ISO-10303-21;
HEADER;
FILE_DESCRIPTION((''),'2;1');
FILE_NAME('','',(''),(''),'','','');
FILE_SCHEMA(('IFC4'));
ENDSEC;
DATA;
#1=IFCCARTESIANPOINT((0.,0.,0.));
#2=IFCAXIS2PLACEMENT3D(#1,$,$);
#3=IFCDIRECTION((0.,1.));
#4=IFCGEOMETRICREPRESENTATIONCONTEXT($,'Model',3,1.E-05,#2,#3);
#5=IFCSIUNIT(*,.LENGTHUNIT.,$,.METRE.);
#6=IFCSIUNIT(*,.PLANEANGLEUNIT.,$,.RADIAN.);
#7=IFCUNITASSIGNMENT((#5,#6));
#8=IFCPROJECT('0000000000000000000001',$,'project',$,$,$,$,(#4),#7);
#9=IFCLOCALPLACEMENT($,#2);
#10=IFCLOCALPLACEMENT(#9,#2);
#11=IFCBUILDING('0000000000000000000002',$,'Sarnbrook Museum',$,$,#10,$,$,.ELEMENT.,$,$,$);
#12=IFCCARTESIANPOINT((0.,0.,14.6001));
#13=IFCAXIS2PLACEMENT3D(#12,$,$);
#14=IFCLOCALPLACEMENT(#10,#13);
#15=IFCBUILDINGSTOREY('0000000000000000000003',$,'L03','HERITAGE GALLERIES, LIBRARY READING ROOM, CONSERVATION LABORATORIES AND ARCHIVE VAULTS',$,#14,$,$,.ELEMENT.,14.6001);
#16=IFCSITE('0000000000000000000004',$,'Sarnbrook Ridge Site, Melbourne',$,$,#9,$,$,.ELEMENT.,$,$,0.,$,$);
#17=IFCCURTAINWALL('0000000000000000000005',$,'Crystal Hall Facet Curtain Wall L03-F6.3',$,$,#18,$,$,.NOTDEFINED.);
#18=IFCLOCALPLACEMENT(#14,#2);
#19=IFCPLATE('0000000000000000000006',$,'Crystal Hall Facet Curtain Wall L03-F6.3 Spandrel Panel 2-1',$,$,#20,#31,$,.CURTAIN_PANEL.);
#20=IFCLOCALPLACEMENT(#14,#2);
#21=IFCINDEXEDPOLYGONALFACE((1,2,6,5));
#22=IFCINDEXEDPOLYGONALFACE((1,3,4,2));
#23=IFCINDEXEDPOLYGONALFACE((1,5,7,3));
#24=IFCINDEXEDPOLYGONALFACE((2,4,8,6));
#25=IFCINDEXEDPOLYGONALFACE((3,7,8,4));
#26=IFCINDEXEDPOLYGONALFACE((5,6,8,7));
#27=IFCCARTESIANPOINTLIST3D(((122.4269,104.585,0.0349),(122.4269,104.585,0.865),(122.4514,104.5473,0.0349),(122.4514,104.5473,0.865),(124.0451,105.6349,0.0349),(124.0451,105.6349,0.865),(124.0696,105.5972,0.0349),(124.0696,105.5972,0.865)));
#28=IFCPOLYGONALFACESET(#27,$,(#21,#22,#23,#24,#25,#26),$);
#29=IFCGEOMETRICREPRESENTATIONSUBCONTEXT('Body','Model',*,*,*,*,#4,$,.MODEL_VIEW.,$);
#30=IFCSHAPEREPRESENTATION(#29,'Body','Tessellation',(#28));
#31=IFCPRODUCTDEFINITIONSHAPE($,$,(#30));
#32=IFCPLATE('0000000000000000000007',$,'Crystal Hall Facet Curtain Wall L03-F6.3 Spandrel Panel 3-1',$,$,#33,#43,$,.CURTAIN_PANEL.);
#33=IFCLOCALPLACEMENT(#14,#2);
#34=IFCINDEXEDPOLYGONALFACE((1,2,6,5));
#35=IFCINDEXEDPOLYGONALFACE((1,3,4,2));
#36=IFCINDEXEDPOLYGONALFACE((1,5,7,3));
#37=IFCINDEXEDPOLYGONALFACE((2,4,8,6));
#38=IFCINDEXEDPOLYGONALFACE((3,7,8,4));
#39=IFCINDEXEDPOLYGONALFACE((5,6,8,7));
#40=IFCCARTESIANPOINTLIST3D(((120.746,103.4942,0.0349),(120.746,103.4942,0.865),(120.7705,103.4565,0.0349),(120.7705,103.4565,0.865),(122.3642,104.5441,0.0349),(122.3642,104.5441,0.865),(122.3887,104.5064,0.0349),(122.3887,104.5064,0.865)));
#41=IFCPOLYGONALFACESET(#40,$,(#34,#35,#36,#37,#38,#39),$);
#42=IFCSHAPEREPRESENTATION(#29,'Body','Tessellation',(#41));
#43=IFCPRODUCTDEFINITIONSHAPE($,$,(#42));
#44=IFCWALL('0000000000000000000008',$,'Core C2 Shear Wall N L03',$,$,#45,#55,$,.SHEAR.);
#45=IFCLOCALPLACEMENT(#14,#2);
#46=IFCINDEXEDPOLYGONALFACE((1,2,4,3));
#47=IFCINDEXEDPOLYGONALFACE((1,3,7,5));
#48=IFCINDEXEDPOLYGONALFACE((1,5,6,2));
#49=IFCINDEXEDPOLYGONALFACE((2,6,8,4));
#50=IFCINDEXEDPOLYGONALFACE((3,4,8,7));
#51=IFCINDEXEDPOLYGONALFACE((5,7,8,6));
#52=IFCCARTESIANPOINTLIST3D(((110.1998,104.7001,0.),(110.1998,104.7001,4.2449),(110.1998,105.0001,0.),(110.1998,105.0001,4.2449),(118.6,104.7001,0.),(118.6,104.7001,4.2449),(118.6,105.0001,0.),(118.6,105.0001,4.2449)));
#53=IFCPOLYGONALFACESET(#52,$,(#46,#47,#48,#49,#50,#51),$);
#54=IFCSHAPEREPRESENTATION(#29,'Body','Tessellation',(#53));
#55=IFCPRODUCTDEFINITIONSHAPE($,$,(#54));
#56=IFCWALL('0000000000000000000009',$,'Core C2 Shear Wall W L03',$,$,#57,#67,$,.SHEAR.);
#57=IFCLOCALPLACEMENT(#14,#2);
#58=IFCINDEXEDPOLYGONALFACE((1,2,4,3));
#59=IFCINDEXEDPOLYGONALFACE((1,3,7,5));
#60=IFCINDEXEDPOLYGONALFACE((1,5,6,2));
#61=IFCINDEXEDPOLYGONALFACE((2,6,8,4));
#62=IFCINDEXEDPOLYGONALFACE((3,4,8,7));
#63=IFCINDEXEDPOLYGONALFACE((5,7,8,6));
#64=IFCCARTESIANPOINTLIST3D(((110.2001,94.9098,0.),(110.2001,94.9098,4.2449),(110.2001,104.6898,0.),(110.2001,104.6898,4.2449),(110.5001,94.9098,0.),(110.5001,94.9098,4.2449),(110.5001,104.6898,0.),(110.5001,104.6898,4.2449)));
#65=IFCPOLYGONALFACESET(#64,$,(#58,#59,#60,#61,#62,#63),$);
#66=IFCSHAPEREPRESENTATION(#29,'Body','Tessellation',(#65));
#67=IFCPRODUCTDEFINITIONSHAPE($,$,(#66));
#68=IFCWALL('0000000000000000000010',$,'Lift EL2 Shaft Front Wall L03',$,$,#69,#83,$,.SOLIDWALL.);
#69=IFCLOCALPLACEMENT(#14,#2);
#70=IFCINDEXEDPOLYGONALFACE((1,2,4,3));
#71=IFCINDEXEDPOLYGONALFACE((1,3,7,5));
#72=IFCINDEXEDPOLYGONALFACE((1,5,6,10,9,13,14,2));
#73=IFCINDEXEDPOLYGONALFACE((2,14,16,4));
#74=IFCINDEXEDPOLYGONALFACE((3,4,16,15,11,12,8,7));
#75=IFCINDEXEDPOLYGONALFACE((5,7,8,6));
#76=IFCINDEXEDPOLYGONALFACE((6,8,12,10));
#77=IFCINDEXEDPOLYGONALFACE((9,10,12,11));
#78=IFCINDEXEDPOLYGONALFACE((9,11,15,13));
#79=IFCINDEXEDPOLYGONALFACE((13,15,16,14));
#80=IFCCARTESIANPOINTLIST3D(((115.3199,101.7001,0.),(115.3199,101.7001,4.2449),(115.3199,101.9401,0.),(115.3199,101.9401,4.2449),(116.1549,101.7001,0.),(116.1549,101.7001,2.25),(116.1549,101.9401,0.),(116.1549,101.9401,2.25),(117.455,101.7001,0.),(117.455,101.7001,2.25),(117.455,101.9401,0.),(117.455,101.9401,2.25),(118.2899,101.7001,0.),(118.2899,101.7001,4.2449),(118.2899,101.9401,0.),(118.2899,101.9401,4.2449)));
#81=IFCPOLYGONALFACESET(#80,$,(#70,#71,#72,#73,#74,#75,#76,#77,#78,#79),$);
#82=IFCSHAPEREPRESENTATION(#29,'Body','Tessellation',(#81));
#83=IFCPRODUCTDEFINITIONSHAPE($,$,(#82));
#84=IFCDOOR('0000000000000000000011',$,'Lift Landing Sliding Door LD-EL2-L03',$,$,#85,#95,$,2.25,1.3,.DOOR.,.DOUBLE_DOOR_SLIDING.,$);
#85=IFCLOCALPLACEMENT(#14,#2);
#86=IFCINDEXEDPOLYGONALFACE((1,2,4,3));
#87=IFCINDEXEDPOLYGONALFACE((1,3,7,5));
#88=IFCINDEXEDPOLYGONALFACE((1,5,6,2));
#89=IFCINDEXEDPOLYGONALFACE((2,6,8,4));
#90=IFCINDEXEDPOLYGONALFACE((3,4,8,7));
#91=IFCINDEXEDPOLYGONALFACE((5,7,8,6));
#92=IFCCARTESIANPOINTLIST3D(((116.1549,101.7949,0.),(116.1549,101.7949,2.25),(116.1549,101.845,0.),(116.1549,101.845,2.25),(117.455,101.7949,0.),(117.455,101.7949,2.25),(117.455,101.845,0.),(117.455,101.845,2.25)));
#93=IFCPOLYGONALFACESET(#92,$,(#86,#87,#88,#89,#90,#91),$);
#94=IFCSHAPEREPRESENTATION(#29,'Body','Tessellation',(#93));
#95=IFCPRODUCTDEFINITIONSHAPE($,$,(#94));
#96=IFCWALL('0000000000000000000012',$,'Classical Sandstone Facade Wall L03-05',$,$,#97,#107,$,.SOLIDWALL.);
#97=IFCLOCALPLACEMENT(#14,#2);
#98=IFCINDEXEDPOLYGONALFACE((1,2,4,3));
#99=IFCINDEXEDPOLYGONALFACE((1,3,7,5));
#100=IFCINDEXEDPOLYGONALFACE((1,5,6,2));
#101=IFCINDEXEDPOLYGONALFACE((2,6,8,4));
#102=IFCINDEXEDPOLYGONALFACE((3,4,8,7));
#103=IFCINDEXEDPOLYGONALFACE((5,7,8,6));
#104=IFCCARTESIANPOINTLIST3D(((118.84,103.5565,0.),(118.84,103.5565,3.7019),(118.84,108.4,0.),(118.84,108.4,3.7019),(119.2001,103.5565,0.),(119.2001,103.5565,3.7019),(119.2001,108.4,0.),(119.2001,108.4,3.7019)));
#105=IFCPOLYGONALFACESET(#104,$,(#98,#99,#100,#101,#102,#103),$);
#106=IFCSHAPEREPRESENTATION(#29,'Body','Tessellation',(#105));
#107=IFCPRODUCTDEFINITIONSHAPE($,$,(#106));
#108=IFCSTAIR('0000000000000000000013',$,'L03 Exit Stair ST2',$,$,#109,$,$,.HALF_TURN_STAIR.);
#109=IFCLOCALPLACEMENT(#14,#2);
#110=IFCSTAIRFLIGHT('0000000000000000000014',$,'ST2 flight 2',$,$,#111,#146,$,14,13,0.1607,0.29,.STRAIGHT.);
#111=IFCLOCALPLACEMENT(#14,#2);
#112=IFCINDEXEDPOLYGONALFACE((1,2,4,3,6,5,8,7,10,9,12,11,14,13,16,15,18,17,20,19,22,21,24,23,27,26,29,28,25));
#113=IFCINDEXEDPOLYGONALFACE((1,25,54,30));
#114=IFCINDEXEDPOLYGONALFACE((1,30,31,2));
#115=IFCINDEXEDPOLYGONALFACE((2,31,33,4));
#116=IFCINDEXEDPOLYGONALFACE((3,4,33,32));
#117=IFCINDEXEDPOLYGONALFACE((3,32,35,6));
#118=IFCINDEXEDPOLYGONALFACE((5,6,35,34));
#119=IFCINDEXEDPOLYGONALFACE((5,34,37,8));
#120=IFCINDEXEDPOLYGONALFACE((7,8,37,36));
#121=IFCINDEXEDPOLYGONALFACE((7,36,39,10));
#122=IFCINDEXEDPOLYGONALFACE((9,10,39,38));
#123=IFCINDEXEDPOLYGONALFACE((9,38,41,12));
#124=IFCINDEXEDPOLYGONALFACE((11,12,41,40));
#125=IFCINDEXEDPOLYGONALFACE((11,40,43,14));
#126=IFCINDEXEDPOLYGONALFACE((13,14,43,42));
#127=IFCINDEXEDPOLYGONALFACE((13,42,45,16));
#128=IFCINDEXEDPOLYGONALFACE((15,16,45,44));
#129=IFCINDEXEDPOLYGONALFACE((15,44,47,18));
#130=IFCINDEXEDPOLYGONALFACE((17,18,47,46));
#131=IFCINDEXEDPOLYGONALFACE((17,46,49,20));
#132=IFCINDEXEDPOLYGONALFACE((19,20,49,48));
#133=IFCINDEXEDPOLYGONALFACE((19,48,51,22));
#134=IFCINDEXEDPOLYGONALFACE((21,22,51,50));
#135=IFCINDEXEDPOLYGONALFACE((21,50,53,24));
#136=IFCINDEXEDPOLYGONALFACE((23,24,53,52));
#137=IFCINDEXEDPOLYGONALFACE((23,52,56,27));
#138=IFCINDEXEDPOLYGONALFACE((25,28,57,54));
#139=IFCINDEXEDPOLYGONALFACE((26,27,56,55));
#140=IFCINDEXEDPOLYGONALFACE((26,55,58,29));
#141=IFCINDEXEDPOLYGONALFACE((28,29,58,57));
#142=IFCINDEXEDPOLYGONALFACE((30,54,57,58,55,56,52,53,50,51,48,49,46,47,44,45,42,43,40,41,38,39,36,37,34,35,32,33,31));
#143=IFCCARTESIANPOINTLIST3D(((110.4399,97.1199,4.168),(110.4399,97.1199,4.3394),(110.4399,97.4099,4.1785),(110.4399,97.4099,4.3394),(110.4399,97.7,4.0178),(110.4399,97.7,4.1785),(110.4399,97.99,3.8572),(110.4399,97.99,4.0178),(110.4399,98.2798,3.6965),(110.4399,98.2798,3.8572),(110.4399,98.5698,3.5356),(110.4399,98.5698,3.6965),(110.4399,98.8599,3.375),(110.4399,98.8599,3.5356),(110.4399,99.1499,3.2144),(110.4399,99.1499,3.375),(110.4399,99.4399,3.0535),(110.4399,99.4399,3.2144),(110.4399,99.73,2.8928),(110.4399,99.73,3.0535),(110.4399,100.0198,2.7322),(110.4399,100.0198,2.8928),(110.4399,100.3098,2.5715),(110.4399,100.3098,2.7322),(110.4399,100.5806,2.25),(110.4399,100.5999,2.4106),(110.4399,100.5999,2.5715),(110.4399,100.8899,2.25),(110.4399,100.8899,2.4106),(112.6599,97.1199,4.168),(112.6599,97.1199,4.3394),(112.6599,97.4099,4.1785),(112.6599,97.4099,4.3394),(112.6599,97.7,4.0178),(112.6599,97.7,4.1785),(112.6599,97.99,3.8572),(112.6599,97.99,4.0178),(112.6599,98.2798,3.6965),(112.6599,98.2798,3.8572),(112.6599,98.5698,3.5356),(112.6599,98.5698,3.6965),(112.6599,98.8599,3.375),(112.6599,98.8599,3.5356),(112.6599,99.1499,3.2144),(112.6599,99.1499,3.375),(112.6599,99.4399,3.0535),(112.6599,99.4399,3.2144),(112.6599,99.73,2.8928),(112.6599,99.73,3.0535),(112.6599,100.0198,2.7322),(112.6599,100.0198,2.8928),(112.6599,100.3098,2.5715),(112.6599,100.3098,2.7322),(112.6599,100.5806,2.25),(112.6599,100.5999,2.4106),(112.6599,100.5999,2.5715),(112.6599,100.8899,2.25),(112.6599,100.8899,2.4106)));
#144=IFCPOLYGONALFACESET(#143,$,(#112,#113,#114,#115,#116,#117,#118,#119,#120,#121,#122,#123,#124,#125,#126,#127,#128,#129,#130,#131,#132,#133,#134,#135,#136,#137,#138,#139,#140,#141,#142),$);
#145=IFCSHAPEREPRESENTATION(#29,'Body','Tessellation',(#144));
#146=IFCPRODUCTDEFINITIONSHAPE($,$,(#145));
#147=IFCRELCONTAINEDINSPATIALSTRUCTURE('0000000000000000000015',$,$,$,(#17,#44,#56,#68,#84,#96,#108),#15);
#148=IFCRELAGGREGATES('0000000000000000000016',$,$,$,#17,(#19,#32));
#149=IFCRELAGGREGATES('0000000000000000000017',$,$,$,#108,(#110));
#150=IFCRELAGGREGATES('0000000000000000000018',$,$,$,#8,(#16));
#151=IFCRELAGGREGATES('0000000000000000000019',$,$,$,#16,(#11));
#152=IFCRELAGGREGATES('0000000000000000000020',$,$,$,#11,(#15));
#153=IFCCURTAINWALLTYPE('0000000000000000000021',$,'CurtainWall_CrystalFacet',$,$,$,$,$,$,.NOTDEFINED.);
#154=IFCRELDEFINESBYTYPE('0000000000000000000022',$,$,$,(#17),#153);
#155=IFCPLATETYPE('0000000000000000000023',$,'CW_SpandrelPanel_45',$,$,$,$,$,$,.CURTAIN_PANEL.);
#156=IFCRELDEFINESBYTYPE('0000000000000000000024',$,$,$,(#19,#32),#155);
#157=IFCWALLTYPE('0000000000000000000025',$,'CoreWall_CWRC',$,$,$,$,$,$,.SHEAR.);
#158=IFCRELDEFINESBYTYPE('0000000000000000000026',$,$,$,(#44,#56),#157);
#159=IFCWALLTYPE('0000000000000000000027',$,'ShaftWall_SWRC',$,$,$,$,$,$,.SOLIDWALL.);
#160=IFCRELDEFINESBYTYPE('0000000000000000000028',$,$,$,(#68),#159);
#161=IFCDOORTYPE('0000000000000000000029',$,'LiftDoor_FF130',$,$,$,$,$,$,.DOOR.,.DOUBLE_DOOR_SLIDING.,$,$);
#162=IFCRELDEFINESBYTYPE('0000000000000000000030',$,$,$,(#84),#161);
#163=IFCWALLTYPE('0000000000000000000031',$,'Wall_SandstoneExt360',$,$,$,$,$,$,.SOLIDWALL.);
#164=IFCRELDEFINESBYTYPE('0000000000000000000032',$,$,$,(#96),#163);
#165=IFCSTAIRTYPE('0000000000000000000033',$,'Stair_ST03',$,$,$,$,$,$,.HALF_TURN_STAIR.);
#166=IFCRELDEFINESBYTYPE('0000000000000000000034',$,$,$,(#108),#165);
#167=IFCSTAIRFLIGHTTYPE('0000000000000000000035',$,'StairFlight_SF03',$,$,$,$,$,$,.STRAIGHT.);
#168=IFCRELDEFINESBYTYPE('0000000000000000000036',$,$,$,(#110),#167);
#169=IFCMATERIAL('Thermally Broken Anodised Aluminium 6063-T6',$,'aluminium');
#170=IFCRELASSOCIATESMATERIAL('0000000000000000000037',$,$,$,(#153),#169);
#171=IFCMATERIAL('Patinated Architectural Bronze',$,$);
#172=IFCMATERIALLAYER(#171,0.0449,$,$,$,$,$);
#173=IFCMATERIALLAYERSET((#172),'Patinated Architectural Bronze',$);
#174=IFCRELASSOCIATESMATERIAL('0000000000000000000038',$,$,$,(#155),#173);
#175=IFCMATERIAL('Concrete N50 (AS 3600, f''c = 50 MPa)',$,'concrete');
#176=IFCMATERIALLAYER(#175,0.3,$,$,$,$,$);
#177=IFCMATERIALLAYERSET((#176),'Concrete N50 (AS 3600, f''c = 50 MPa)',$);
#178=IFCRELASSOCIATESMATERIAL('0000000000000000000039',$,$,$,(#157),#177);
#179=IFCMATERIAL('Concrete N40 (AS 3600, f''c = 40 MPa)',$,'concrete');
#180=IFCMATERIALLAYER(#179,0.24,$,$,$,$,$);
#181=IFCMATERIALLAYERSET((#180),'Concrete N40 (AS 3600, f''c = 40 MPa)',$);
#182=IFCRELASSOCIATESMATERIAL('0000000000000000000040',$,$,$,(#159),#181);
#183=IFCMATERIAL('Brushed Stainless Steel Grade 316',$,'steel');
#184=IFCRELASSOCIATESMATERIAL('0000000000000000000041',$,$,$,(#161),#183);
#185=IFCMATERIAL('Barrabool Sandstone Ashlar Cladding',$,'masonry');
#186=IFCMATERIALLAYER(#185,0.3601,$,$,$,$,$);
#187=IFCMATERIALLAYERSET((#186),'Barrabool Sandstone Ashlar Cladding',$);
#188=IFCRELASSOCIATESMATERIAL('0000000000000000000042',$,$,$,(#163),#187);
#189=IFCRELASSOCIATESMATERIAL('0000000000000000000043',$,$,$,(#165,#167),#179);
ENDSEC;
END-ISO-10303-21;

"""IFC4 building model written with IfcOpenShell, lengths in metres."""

from ifc_helpers import new_model, si_unit, direction, frame, frame_2d, origin, origin_2d, place, context, subcontext, project, spatial, polyline, rectangle, outline, extrude, material, layer, layer_set, type_object, element, fill, aggregate, save


model = new_model("IFC4")

# Units and contexts
model_context = context("Model", 3, precision=1e-05, world=origin(), true_north=direction((0.0, 1.0)))
body_context = subcontext(model_context, "Body", "Model", "MODEL_VIEW")
ifc_project = project(units=[si_unit("LENGTHUNIT", "METRE"), si_unit("PLANEANGLEUNIT", "RADIAN")], contexts=[model_context])

# Site, building, storey
site_placement = place(None, origin())
site = spatial("IfcSite", under=ifc_project, at=site_placement, Name="Sarnbrook Ridge Site, Melbourne", CompositionType="ELEMENT", RefElevation=0.0)
building_placement = place(site_placement, origin())
building = spatial("IfcBuilding", under=site, at=building_placement, Name="Sarnbrook Museum", CompositionType="ELEMENT")
storey_placement = place(building_placement, frame((0.0, 0.0, 14.6001)))
storey = spatial("IfcBuildingStorey", under=building, at=storey_placement, Name="L03", Description="HERITAGE GALLERIES, LIBRARY READING ROOM, CONSERVATION LABORATORIES AND ARCHIVE VAULTS", CompositionType="ELEMENT", Elevation=14.6001)

# Curtain wall, plates
ifc_material_1 = material(Name="Thermally Broken Anodised Aluminium 6063-T6", Category="aluminium")
curtain_wall_type = type_object("IfcCurtainWallType", Name="CurtainWall_CrystalFacet", PredefinedType="NOTDEFINED", material=ifc_material_1)
curtain_wall_placement = place(storey_placement, origin())
curtain_wall = element("IfcCurtainWall", 1, at=curtain_wall_placement, inside=storey, type_object=curtain_wall_type, Name="Crystal Hall Facet Curtain Wall L03-F6.3", PredefinedType="NOTDEFINED")
ifc_material_2 = material(Name="Patinated Architectural Bronze")
ifc_layer_1 = layer(ifc_material_2, 0.0449)
ifc_layer_set_1 = layer_set([ifc_layer_1], Name="Patinated Architectural Bronze")
plate_type_1 = type_object("IfcPlateType", Name="CW_SpandrelPanel_45", PredefinedType="CURTAIN_PANEL", material=ifc_layer_set_1)
plate_1_placement = place(storey_placement, frame((123.2605, 105.0723, 0.45), z_axis=(-0.544285, 0.838901, 0.0), x_axis=(-0.838901, -0.544285, 0.0)))
plate_1 = element("IfcPlate", 2, at=plate_1_placement, type_object=plate_type_1, Name="Crystal Hall Facet Curtain Wall L03-F6.3 Spandrel Panel 2-1", PredefinedType="CURTAIN_PANEL", context=body_context, shape_type="SweptSolid", body=[
    extrude(rectangle(XDim=1.929, YDim=0.8301, at=origin_2d()), origin(), (0.0, 0.0, 1.0), 0.0449),
])
plate_2_placement = place(storey_placement, frame((121.5796, 103.9814, 0.45), z_axis=(-0.544285, 0.838901, 0.0), x_axis=(-0.838901, -0.544285, 0.0)))
plate_2 = element("IfcPlate", 3, at=plate_2_placement, type_object=plate_type_1, Name="Crystal Hall Facet Curtain Wall L03-F6.3 Spandrel Panel 3-1", PredefinedType="CURTAIN_PANEL", context=body_context, shape_type="SweptSolid", body=[
    extrude(rectangle(XDim=1.929, YDim=0.8301, at=origin_2d()), origin(), (0.0, 0.0, 1.0), 0.0449),
])
aggregate(curtain_wall, [plate_1, plate_2])

# Walls
ifc_material_3 = material(Name="Concrete N50 (AS 3600, f'c = 50 MPa)", Category="concrete")
ifc_layer_2 = layer(ifc_material_3, 0.3)
ifc_layer_set_2 = layer_set([ifc_layer_2], Name="Concrete N50 (AS 3600, f'c = 50 MPa)")
wall_type_1 = type_object("IfcWallType", Name="CoreWall_CWRC", PredefinedType="SHEAR", material=ifc_layer_set_2)
wall_1_placement = place(storey_placement, frame((118.6001, 104.8501, 0.0), z_axis=(0.0, 0.0, 1.0), x_axis=(-1.0, 0.0, 0.0)))
element("IfcWall", 4, at=wall_1_placement, inside=storey, type_object=wall_type_1, Name="Core C2 Shear Wall N L03", PredefinedType="SHEAR", context=body_context, shape_type="SweptSolid", body=[
    extrude(rectangle(XDim=8.4001, YDim=0.3, at=frame_2d((4.2002, 0.0))), origin(), (0.0, 0.0, 1.0), 4.2449),
])
wall_2_placement = place(storey_placement, frame((110.3501, 104.6899, 0.0), z_axis=(0.0, 0.0, 1.0), x_axis=(0.0, -1.0, 0.0)))
element("IfcWall", 5, at=wall_2_placement, inside=storey, type_object=wall_type_1, Name="Core C2 Shear Wall W L03", PredefinedType="SHEAR", context=body_context, shape_type="SweptSolid", body=[
    extrude(rectangle(XDim=9.78, YDim=0.3, at=frame_2d((4.8901, 0.0))), origin(), (0.0, 0.0, 1.0), 4.2449),
])

# Wall, opening, door
ifc_material_4 = material(Name="Concrete N40 (AS 3600, f'c = 40 MPa)", Category="concrete")
ifc_layer_3 = layer(ifc_material_4, 0.24)
ifc_layer_set_3 = layer_set([ifc_layer_3], Name="Concrete N40 (AS 3600, f'c = 40 MPa)")
wall_type_2 = type_object("IfcWallType", Name="ShaftWall_SWRC", PredefinedType="SOLIDWALL", material=ifc_layer_set_3)
wall_3_placement = place(storey_placement, frame((115.3201, 101.8201, 0.0), z_axis=(0.0, 0.0, 1.0), x_axis=(1.0, 0.0, 0.0)))
wall_3 = element("IfcWall", 6, at=wall_3_placement, inside=storey, type_object=wall_type_2, Name="Lift EL2 Shaft Front Wall L03", PredefinedType="SOLIDWALL", context=body_context, shape_type="SweptSolid", body=[
    extrude(rectangle(XDim=2.97, YDim=0.24, at=frame_2d((1.4849, 0.0))), origin(), (0.0, 0.0, 1.0), 4.2449),
])
opening_placement = place(wall_3_placement, frame((0.835, 0.0, 0.0)))
opening = element("IfcOpeningElement", 7, at=opening_placement, cuts=wall_3, PredefinedType="OPENING", context=body_context, shape_type="SweptSolid", body=[
    extrude(rectangle(XDim=1.3, YDim=2.25, at=frame_2d((0.6499, 1.125))), frame((0.0, 0.1299, 0.0), z_axis=(0.0, -1.0, 0.0), x_axis=(1.0, 0.0, 0.0)), (0.0, 0.0, 1.0), 0.26),
])
ifc_material_5 = material(Name="Brushed Stainless Steel Grade 316", Category="steel")
door_type = type_object("IfcDoorType", Name="LiftDoor_FF130", OperationType="DOUBLE_DOOR_SLIDING", PredefinedType="DOOR", material=ifc_material_5)
door_placement = place(opening_placement, origin())
door = element("IfcDoor", 8, at=door_placement, inside=storey, type_object=door_type, Name="Lift Landing Sliding Door LD-EL2-L03", OperationType="DOUBLE_DOOR_SLIDING", OverallHeight=2.25, OverallWidth=1.3, PredefinedType="DOOR", context=body_context, shape_type="SweptSolid", body=[
    extrude(rectangle(XDim=1.3, YDim=2.25, at=frame_2d((0.6499, 1.125))), frame((0.0, 0.0249, 0.0), z_axis=(0.0, -1.0, 0.0), x_axis=(1.0, 0.0, 0.0)), (0.0, 0.0, 1.0), 0.05),
])
fill(opening, door)

# Wall
ifc_material_6 = material(Name="Barrabool Sandstone Ashlar Cladding", Category="masonry")
ifc_layer_4 = layer(ifc_material_6, 0.3601)
ifc_layer_set_4 = layer_set([ifc_layer_4], Name="Barrabool Sandstone Ashlar Cladding")
wall_type_3 = type_object("IfcWallType", Name="Wall_SandstoneExt360", PredefinedType="SOLIDWALL", material=ifc_layer_set_4)
wall_4_placement = place(storey_placement, frame((119.02, 103.5564, 0.0), z_axis=(0.0, 0.0, 1.0), x_axis=(0.0, 1.0, 0.0)))
element("IfcWall", 9, at=wall_4_placement, inside=storey, type_object=wall_type_3, Name="Classical Sandstone Facade Wall L03-05", PredefinedType="SOLIDWALL", context=body_context, shape_type="SweptSolid", body=[
    extrude(rectangle(XDim=4.8435, YDim=0.3601, at=frame_2d((2.4219, 0.0))), origin(), (0.0, 0.0, 1.0), 3.7019),
])

# Stair, stair flight
stair_type = type_object("IfcStairType", Name="Stair_ST03", PredefinedType="HALF_TURN_STAIR", material=ifc_material_4)
stair_placement = place(storey_placement, origin())
stair = element("IfcStair", 10, at=stair_placement, inside=storey, type_object=stair_type, Name="L03 Exit Stair ST2", PredefinedType="HALF_TURN_STAIR")
stair_flight_type = type_object("IfcStairFlightType", Name="StairFlight_SF03", PredefinedType="STRAIGHT", material=ifc_material_4)
stair_flight_placement = place(storey_placement, frame((111.55, 100.8899, 2.25), z_axis=(0.0, 0.0, 1.0), x_axis=(0.0, -1.0, 0.0)))
stair_flight = element("IfcStairFlight", 11, at=stair_flight_placement, type_object=stair_flight_type, Name="ST2 flight 2", NumberOfRisers=14, NumberOfTreads=13, PredefinedType="STRAIGHT", RiserHeight=0.1607, TreadLength=0.29, context=body_context, shape_type="SweptSolid", body=[
    extrude(outline(polyline([(0.0, 0.0), (0.0, 0.1606), (0.29, 0.1606), (0.29, 0.3215), (0.5801, 0.3215), (0.5801, 0.4822), (0.8701, 0.4822), (0.8701, 0.6428), (1.1599, 0.6428), (1.1599, 0.8035), (1.45, 0.8035), (1.45, 0.9644), (1.74, 0.9644), (1.74, 1.125), (2.03, 1.125), (2.03, 1.2856), (2.3201, 1.2856), (2.3201, 1.4465), (2.6101, 1.4465), (2.6101, 1.6072), (2.8999, 1.6072), (2.8999, 1.7678), (3.1899, 1.7678), (3.1899, 1.9285), (3.48, 1.9285), (3.48, 2.0894), (3.77, 2.0894), (3.77, 2.25), (3.77, 1.918), (0.3093, 0.0), (0.0, 0.0)])), frame((0.0, 1.1099, 0.0), z_axis=(0.0, -1.0, 0.0), x_axis=(1.0, 0.0, 0.0)), (0.0, 0.0, 1.0), 2.22),
])
aggregate(stair, [stair_flight])

save(model, "model.ifc")
